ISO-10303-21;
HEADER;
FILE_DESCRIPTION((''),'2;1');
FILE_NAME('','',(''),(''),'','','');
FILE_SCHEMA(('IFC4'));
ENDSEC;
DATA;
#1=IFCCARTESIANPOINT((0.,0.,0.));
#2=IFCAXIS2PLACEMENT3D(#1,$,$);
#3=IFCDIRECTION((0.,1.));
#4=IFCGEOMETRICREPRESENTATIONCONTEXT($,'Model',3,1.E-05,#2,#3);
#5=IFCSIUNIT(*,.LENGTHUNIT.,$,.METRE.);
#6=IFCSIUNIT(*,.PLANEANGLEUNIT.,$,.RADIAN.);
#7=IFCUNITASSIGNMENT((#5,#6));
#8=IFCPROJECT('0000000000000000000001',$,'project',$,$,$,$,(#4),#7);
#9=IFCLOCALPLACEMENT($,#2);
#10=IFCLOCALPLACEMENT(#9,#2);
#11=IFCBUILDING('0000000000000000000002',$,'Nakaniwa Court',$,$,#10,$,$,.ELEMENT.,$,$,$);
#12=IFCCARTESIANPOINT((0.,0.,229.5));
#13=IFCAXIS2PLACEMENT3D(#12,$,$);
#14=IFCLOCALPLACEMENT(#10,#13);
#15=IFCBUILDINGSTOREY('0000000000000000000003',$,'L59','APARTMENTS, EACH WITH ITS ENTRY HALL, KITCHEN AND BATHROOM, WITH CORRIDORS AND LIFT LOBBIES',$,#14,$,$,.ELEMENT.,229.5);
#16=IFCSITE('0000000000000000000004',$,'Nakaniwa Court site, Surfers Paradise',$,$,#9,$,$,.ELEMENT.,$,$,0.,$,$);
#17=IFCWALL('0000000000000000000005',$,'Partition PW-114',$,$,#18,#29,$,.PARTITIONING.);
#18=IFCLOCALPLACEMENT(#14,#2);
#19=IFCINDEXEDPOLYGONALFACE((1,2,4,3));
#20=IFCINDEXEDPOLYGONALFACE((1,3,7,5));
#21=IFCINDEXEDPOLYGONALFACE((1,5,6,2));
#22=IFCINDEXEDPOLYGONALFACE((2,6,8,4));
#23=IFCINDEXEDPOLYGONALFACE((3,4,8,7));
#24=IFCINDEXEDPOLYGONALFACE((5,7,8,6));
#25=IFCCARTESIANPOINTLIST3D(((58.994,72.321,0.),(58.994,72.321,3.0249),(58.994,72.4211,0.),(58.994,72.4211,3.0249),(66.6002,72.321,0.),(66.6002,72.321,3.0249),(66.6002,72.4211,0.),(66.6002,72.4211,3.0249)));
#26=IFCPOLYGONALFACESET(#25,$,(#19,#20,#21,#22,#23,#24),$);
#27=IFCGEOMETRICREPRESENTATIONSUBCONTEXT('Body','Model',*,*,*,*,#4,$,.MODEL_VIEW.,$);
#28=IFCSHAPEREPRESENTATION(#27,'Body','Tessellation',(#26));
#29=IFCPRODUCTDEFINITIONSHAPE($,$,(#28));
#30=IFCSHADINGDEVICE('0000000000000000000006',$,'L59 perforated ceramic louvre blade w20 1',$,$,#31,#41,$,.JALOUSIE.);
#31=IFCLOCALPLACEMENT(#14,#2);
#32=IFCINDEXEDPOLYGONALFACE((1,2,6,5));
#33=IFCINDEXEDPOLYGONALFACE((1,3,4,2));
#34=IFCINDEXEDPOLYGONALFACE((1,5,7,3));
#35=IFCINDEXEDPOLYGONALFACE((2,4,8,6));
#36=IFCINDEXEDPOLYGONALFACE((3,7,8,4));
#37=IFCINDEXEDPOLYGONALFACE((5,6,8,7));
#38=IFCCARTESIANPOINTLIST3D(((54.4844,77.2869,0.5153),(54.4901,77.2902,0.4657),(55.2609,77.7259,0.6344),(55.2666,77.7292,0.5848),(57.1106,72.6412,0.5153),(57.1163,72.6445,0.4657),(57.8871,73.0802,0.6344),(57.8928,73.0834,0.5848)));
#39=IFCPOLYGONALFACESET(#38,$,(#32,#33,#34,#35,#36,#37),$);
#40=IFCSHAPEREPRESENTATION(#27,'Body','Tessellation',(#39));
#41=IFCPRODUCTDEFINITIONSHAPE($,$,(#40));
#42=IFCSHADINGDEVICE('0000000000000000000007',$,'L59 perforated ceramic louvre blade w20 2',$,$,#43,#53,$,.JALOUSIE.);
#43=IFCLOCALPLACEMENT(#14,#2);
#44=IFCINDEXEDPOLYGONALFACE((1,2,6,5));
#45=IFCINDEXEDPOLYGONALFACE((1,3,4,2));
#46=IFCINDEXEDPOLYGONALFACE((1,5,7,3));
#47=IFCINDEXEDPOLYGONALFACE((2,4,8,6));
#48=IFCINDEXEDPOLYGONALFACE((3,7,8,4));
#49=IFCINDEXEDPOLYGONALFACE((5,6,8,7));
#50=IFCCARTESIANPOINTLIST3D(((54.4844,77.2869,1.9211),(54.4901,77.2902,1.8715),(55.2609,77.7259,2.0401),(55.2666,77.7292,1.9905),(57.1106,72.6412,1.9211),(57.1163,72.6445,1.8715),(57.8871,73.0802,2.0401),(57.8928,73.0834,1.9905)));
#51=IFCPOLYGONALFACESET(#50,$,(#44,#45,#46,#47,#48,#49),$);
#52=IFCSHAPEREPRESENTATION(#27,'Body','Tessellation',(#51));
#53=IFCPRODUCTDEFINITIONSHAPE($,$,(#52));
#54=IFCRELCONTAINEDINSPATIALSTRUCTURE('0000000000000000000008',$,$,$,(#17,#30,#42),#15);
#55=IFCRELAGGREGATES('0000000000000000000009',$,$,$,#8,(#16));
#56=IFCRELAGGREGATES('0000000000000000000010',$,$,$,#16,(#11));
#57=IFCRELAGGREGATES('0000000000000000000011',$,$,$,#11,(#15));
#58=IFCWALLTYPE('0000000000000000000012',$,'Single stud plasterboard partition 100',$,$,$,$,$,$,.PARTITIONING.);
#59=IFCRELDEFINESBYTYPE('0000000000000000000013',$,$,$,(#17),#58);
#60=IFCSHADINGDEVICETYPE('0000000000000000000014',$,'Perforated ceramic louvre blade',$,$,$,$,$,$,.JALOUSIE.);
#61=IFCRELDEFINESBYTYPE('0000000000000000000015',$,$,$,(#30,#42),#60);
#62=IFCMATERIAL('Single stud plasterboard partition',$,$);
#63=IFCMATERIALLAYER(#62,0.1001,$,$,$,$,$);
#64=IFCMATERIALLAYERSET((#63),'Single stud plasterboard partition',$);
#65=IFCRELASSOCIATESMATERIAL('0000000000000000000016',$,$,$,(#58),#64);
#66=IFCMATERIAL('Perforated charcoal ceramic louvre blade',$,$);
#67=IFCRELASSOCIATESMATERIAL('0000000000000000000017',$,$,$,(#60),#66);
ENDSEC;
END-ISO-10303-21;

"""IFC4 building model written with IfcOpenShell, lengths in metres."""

from ifc_helpers import new_model, si_unit, direction, frame, frame_2d, origin, origin_2d, place, context, subcontext, project, spatial, rectangle, extrude, material, layer, layer_set, material_profile, profile_set, type_object, element, save


model = new_model("IFC4")

# Units and contexts
model_context = context("Model", 3, precision=1e-05, world=origin(), true_north=direction((0.0, 1.0)))
body_context = subcontext(model_context, "Body", "Model", "MODEL_VIEW")
ifc_project = project(units=[si_unit("LENGTHUNIT", "METRE"), si_unit("PLANEANGLEUNIT", "RADIAN")], contexts=[model_context])

# Site, building, storey
site_placement = place(None, origin())
site = spatial("IfcSite", under=ifc_project, at=site_placement, Name="Nakaniwa Court site, Surfers Paradise", CompositionType="ELEMENT", RefElevation=0.0)
building_placement = place(site_placement, origin())
building = spatial("IfcBuilding", under=site, at=building_placement, Name="Nakaniwa Court", CompositionType="ELEMENT")
storey_placement = place(building_placement, frame((0.0, 0.0, 229.5)))
storey = spatial("IfcBuildingStorey", under=building, at=storey_placement, Name="L59", Description="APARTMENTS, EACH WITH ITS ENTRY HALL, KITCHEN AND BATHROOM, WITH CORRIDORS AND LIFT LOBBIES", CompositionType="ELEMENT", Elevation=229.5)

# Shared definitions
ifc_material_1 = material(Name="Single stud plasterboard partition")
ifc_layer_1 = layer(ifc_material_1, 0.1001)
ifc_layer_set_1 = layer_set([ifc_layer_1], Name="Single stud plasterboard partition")
wall_type_1 = type_object("IfcWallType", Name="Single stud plasterboard partition 100", PredefinedType="PARTITIONING", material=ifc_layer_set_1)

# Wall
wall_1_placement = place(storey_placement, frame((58.9939, 72.3711, 0.0), z_axis=(0.0, 0.0, 1.0), x_axis=(1.0, 0.0, 0.0)))
element("IfcWall", 1, at=wall_1_placement, inside=storey, type_object=wall_type_1, Name="Partition PW-114", PredefinedType="PARTITIONING", context=body_context, shape_type="SweptSolid", body=[
    extrude(rectangle(XDim=7.6062, YDim=0.1001, at=frame_2d((3.8032, 0.0))), origin(), (0.0, 0.0, 1.0), 3.0249),
])

# Shading devices
ifc_material_2 = material(Name="Perforated charcoal ceramic louvre blade")
ifc_material_profile_1 = material_profile(ifc_material_2, rectangle(XDim=0.8999, YDim=0.05, at=origin_2d()), Name="Perforated ceramic louvre blade")
ifc_profile_set_1 = profile_set([ifc_material_profile_1], Name="Perforated charcoal ceramic louvre blade")
shading_device_type = type_object("IfcShadingDeviceType", Name="Perforated ceramic louvre blade", PredefinedType="JALOUSIE", material=ifc_profile_set_1)
for number, where, z_axis, x_axis, name in (
    (2, (54.8755, 77.5081, 0.55), (0.492109, -0.870534, 0.0), (0.862887, 0.487786, 0.132256), "L59 perforated ceramic louvre blade w20 1"),
    (3, (54.8755, 77.5081, 1.9558), (0.492109, -0.870534, 0.0), (0.862887, 0.487786, 0.132256), "L59 perforated ceramic louvre blade w20 2"),
):
    element("IfcShadingDevice", number, at=place(storey_placement, frame(where, z_axis=z_axis, x_axis=x_axis)), inside=storey, type_object=shading_device_type, Name=name, PredefinedType="JALOUSIE", context=body_context, shape_type="SweptSolid", body=[
        extrude(rectangle(XDim=0.8999, YDim=0.05, at=origin_2d()), origin(), (0.0, 0.0, 1.0), 5.3367),
    ])

save(model, "model.ifc")
